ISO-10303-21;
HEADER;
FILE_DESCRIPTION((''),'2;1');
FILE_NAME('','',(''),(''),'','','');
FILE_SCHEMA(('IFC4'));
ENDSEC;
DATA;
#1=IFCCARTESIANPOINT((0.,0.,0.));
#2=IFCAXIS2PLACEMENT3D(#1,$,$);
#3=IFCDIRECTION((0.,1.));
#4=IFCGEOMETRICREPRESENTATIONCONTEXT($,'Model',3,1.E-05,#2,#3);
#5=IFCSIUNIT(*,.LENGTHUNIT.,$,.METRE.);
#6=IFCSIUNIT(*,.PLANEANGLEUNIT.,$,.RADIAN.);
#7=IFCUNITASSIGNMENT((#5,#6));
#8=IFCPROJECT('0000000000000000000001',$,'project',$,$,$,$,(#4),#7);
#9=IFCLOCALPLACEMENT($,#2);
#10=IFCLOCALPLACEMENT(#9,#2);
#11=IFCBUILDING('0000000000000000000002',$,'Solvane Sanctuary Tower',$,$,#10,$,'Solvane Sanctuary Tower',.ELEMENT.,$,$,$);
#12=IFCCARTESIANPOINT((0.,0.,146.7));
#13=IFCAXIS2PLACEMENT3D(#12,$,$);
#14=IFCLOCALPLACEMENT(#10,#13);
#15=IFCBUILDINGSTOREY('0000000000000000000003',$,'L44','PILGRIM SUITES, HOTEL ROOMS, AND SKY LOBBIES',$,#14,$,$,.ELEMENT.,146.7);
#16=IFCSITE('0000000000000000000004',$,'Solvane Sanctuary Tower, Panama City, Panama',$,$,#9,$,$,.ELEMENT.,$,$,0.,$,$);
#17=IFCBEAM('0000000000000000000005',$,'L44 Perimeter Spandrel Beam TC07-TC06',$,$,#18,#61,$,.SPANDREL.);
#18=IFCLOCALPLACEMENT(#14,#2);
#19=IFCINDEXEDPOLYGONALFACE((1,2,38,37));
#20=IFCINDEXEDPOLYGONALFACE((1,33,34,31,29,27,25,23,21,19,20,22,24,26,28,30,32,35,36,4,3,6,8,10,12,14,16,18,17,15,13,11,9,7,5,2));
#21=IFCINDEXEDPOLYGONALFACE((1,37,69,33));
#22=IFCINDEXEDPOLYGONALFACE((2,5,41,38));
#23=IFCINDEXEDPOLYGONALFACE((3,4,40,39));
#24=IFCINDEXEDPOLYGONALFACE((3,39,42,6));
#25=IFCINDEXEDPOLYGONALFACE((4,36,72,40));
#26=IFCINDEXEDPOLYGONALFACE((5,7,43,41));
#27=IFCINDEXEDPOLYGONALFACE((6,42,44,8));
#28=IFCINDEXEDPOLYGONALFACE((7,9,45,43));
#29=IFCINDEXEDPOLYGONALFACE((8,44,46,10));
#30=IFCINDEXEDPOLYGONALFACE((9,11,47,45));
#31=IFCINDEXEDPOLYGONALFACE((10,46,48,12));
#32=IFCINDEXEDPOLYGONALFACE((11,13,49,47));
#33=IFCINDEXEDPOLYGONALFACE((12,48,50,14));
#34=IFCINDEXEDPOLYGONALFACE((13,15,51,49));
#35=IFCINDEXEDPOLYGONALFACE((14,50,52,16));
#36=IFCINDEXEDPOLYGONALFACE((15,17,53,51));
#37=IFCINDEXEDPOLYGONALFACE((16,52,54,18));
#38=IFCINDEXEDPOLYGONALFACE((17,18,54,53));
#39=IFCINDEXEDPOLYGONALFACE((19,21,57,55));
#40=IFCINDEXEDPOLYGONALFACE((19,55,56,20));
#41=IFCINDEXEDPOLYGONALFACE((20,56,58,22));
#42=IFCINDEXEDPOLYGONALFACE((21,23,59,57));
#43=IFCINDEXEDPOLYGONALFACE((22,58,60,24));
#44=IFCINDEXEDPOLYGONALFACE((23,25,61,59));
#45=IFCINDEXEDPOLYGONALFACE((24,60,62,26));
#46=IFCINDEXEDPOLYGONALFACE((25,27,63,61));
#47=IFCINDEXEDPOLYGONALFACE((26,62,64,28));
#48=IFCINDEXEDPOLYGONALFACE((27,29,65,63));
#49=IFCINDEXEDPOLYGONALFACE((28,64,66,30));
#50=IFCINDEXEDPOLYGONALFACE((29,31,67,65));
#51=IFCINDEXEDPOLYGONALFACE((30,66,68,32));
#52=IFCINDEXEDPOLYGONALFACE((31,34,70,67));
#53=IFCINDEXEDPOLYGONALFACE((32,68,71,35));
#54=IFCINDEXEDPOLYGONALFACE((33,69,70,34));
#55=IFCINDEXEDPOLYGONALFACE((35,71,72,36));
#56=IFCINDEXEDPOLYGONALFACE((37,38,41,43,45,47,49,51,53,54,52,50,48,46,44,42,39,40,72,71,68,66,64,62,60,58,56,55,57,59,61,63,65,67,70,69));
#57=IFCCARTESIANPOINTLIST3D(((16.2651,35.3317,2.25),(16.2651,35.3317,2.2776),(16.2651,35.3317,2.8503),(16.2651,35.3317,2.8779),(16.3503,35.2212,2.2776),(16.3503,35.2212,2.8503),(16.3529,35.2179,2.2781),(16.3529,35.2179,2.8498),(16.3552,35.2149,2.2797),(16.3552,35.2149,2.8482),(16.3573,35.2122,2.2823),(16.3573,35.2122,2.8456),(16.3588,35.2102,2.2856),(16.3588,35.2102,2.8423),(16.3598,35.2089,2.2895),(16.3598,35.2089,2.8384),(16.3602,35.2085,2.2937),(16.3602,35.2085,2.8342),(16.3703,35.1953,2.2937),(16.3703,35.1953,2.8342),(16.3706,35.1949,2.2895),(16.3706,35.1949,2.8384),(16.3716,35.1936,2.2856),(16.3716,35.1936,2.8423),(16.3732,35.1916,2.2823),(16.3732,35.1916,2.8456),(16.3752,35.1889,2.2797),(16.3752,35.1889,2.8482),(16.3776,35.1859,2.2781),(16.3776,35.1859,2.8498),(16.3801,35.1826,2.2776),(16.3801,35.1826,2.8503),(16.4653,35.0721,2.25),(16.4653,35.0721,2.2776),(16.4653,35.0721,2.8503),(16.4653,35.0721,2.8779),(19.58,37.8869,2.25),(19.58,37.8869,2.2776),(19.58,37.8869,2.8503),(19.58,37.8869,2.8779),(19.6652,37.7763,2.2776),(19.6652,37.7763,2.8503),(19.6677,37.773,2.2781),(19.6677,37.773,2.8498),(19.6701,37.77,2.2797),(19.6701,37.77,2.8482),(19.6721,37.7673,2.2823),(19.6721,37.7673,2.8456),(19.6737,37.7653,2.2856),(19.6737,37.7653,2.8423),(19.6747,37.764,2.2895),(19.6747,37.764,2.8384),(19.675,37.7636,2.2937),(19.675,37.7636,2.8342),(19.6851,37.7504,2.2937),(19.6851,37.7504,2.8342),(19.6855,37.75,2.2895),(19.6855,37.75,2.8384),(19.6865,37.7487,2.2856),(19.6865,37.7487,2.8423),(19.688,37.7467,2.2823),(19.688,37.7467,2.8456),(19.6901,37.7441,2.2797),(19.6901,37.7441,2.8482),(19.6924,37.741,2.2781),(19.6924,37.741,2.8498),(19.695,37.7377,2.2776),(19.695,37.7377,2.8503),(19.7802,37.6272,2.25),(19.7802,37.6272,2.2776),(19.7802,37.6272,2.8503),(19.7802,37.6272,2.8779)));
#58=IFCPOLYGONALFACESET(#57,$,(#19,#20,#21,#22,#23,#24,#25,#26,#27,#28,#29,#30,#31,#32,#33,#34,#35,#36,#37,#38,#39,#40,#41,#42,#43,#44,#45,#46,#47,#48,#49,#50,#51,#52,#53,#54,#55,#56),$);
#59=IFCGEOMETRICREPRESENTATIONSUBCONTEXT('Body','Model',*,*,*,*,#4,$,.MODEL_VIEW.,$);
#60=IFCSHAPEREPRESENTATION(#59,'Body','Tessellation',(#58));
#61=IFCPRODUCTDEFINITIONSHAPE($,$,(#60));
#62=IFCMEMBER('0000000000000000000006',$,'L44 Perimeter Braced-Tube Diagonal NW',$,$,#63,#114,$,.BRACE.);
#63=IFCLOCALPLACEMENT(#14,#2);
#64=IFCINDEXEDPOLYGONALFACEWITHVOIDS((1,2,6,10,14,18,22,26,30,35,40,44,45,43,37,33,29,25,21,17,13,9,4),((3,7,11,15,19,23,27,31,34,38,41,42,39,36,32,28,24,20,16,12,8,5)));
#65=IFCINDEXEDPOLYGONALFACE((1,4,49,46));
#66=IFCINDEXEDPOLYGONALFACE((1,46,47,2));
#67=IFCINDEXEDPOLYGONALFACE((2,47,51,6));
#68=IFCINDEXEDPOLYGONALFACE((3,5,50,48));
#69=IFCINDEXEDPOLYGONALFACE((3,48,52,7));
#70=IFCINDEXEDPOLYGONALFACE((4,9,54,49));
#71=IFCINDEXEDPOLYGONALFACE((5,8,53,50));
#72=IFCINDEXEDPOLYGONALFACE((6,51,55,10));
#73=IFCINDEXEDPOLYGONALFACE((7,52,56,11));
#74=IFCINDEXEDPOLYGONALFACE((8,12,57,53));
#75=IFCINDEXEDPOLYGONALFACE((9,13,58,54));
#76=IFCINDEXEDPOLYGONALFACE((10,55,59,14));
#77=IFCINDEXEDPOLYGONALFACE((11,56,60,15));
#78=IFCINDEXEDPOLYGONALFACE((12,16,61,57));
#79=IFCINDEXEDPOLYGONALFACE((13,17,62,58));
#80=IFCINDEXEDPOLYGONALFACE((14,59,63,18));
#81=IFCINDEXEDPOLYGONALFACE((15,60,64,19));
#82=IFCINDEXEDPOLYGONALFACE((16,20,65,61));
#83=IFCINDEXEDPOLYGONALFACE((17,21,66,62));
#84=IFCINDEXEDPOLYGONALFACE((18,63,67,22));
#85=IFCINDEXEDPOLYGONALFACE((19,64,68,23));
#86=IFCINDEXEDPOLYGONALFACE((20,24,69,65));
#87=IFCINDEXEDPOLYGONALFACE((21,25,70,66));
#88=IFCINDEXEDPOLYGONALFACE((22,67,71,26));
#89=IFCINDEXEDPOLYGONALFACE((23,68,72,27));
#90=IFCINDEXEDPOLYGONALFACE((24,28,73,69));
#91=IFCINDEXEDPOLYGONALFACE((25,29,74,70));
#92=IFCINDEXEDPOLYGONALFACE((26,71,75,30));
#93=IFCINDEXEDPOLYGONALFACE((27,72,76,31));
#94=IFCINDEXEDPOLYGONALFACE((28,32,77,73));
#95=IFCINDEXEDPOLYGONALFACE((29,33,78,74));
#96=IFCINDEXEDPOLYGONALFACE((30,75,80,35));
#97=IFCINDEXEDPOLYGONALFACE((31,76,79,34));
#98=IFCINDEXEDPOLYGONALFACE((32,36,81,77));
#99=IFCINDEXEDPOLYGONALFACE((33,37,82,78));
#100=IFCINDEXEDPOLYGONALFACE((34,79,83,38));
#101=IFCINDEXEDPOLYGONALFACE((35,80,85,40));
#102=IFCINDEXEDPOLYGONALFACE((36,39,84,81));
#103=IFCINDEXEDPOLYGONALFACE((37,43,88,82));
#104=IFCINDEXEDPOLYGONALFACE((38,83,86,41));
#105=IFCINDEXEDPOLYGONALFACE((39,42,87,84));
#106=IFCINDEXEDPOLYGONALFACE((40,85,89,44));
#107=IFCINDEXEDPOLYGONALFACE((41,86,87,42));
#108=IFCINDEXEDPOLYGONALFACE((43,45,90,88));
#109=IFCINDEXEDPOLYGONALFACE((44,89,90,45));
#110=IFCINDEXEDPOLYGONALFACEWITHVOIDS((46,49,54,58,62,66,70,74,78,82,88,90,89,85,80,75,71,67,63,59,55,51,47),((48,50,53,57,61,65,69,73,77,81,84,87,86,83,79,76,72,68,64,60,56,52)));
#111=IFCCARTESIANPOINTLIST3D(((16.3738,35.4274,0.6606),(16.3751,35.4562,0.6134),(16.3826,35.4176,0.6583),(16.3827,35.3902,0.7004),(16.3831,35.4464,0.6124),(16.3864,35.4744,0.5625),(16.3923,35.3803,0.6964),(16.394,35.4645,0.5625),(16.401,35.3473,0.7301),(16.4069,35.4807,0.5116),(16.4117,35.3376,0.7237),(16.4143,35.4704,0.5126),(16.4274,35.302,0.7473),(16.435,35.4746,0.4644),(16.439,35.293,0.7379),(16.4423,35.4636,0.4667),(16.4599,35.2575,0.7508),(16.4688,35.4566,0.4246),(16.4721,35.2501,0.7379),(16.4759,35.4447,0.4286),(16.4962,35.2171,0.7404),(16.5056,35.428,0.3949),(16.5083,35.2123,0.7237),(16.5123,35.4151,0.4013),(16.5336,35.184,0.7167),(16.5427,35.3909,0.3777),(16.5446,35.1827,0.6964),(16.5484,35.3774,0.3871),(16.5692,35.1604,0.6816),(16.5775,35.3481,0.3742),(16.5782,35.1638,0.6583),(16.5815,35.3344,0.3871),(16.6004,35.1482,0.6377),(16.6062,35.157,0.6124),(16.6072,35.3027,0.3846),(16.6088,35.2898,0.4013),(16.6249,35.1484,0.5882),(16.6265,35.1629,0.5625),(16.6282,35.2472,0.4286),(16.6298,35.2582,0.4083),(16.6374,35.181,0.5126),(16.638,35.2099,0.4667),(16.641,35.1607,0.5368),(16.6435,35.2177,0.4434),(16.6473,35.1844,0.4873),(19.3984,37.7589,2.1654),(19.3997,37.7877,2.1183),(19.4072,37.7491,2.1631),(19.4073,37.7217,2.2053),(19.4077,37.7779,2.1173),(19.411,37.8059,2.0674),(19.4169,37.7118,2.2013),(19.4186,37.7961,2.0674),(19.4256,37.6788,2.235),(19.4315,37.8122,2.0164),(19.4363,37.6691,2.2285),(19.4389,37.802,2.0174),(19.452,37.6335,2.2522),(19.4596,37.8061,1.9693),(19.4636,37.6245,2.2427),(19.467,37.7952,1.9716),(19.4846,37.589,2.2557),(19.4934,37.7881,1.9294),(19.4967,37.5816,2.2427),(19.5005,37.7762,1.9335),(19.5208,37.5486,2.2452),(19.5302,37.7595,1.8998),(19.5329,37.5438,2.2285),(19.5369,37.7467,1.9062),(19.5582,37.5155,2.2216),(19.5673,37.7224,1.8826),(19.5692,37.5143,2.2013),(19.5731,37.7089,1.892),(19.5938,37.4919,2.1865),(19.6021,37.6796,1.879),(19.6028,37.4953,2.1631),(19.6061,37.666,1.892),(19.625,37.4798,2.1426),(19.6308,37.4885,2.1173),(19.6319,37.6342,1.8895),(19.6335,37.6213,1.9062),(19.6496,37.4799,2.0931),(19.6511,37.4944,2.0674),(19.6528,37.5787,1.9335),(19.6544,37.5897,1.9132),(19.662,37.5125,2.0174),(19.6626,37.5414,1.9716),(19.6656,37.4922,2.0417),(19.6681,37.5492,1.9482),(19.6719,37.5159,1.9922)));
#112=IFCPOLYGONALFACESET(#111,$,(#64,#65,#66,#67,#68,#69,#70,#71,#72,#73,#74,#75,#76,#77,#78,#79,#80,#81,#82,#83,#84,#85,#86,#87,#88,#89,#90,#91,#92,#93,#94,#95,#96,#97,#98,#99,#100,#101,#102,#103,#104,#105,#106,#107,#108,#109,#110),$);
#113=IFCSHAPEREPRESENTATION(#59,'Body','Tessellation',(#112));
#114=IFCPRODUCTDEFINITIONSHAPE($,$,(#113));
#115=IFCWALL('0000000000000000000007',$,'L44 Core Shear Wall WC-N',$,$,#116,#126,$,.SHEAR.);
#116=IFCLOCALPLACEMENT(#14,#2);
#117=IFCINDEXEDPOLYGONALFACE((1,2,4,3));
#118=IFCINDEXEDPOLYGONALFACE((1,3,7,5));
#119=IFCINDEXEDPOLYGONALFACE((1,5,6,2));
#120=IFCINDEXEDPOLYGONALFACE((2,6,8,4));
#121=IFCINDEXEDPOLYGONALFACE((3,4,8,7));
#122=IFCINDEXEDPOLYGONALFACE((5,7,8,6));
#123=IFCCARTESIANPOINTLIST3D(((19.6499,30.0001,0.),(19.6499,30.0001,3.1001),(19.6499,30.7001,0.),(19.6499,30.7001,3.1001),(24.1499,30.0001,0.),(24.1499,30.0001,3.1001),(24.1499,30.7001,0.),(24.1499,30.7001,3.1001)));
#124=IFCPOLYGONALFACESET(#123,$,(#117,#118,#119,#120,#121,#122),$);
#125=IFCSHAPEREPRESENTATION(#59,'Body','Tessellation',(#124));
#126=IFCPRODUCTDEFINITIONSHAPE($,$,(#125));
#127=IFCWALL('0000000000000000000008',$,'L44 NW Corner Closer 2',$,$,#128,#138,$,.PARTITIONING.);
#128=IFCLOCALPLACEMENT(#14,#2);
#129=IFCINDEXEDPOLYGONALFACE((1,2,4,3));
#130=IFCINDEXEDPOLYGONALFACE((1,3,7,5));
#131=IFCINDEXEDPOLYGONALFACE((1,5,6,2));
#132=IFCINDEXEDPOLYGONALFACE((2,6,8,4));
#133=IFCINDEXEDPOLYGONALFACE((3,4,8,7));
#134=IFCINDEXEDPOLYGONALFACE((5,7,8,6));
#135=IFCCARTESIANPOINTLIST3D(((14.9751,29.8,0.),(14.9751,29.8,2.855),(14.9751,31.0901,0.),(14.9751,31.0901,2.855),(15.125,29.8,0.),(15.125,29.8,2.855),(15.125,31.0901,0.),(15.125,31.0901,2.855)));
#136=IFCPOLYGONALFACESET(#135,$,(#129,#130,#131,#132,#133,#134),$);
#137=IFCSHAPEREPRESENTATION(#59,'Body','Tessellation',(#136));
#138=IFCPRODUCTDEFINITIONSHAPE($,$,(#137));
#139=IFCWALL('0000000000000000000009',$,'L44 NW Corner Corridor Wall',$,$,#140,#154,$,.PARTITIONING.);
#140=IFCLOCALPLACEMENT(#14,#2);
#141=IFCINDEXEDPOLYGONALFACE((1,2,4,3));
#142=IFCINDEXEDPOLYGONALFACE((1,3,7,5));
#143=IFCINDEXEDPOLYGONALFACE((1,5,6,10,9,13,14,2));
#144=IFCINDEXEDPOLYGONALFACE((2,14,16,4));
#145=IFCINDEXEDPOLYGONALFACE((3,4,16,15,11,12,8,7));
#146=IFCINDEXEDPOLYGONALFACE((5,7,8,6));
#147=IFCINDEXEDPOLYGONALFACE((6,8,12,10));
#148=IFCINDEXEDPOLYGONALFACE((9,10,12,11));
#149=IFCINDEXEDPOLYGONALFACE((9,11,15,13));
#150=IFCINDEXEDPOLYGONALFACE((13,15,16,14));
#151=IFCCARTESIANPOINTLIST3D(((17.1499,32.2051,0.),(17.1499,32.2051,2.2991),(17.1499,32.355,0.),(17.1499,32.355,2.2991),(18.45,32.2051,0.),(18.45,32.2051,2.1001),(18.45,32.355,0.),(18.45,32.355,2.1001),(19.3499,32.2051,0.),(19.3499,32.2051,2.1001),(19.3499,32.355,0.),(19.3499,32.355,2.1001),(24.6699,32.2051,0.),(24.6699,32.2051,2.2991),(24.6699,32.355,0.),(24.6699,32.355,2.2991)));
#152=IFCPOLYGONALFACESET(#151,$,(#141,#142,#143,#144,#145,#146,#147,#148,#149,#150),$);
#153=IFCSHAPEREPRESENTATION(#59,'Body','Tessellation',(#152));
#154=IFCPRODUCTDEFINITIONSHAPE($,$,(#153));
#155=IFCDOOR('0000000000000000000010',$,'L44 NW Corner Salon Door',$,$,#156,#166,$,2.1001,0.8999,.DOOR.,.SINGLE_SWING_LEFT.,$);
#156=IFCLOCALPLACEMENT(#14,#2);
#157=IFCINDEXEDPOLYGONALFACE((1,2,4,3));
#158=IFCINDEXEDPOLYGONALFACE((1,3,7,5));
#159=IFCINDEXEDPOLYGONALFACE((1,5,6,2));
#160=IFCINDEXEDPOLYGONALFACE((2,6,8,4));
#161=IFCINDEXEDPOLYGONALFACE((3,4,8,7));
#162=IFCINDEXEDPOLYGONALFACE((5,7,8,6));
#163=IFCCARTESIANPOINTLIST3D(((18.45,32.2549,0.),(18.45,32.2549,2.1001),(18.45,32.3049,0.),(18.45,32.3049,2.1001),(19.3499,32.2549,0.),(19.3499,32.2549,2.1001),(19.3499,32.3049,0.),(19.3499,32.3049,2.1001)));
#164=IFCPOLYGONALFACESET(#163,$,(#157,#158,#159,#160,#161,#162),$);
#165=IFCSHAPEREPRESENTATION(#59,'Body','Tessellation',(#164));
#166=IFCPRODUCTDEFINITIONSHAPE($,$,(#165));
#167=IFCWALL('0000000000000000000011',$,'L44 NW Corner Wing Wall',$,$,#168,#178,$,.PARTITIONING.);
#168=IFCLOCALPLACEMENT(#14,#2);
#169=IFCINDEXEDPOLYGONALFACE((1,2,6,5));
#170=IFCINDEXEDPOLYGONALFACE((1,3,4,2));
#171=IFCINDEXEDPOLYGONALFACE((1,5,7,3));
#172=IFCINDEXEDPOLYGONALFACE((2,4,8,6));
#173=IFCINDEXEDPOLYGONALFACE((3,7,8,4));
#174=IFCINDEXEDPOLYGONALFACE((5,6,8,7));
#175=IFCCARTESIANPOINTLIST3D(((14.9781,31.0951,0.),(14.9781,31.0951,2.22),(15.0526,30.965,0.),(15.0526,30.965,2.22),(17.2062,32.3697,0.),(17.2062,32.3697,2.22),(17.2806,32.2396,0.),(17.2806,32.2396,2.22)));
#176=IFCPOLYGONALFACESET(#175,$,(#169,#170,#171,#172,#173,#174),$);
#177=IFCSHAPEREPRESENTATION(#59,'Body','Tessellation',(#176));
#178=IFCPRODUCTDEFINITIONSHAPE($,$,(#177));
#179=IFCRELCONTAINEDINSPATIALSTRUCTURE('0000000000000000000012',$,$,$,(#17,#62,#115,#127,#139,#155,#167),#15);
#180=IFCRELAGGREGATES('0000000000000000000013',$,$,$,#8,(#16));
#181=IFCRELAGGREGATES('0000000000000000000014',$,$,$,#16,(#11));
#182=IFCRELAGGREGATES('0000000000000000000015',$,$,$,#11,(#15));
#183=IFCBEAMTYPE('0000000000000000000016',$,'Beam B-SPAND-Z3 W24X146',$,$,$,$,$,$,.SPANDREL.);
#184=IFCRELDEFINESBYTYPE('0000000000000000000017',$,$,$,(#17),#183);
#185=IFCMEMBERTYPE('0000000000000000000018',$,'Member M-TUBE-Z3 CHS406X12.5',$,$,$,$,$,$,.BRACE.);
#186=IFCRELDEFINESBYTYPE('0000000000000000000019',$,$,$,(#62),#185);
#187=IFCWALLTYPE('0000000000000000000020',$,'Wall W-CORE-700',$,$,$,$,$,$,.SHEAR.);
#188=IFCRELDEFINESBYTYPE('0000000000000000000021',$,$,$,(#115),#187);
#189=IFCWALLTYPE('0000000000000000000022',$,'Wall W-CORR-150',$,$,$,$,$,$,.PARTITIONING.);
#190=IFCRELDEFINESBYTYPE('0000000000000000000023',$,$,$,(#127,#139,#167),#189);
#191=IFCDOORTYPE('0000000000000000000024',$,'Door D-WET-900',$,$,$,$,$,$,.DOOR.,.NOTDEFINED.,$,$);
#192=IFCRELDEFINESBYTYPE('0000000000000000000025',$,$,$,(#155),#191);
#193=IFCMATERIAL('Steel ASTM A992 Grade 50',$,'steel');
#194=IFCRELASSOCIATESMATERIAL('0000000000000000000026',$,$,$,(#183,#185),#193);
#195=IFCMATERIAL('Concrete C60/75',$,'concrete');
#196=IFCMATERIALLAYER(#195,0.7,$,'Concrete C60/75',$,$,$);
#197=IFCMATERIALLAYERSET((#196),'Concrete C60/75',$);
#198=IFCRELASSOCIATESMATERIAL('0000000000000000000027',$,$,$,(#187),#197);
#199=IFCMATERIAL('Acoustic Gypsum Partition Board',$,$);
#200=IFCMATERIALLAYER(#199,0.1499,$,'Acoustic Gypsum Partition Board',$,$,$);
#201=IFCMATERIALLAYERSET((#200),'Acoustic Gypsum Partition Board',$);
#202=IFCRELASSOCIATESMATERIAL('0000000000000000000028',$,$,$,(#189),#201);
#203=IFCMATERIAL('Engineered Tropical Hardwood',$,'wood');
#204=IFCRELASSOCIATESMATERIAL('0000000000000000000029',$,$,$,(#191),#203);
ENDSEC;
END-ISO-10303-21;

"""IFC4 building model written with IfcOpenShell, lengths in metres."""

from ifc_helpers import new_model, si_unit, direction, frame, frame_2d, origin, origin_2d, place, context, subcontext, project, spatial, rectangle, hollow_circle, i_section, extrude, material, layer, layer_set, material_profile, profile_set, type_object, element, fill, save


model = new_model("IFC4")

# Units and contexts
model_context = context("Model", 3, precision=1e-05, world=origin(), true_north=direction((0.0, 1.0)))
body_context = subcontext(model_context, "Body", "Model", "MODEL_VIEW")
ifc_project = project(units=[si_unit("LENGTHUNIT", "METRE"), si_unit("PLANEANGLEUNIT", "RADIAN")], contexts=[model_context])

# Site, building, storey
site_placement = place(None, origin())
site = spatial("IfcSite", under=ifc_project, at=site_placement, Name="Solvane Sanctuary Tower, Panama City, Panama", CompositionType="ELEMENT", RefElevation=0.0)
building_placement = place(site_placement, origin())
building = spatial("IfcBuilding", under=site, at=building_placement, Name="Solvane Sanctuary Tower", LongName="Solvane Sanctuary Tower", CompositionType="ELEMENT")
storey_placement = place(building_placement, frame((0.0, 0.0, 146.7)))
storey = spatial("IfcBuildingStorey", under=building, at=storey_placement, Name="L44", Description="PILGRIM SUITES, HOTEL ROOMS, AND SKY LOBBIES", CompositionType="ELEMENT", Elevation=146.7)

# Shared definitions
ifc_material_1 = material(Name="Concrete C60/75", Category="concrete")

# Beam
ifc_material_2 = material(Name="Steel ASTM A992 Grade 50", Category="steel")
ifc_material_profile_1 = material_profile(ifc_material_2, i_section(OverallWidth=0.3279, OverallDepth=0.6279, WebThickness=0.0166, FlangeThickness=0.0276, FilletRadius=0.0161, at=origin_2d()), Name="W24X146")
ifc_profile_set_1 = profile_set([ifc_material_profile_1], Name="Steel ASTM A992 Grade 50")
beam_type_1 = type_object("IfcBeamType", Name="Beam B-SPAND-Z3 W24X146", PredefinedType="SPANDREL", material=ifc_profile_set_1)
beam_1_placement = place(storey_placement, frame((16.3652, 35.2019, 2.564), z_axis=(0.792021, 0.610494, 0.0), x_axis=(-0.610494, 0.792021, 0.0)))
element("IfcBeam", 1, at=beam_1_placement, inside=storey, type_object=beam_type_1, Name="L44 Perimeter Spandrel Beam TC07-TC06", PredefinedType="SPANDREL", context=body_context, shape_type="SweptSolid", body=[
    extrude(i_section(OverallWidth=0.3279, OverallDepth=0.6279, WebThickness=0.0166, FlangeThickness=0.0276, FilletRadius=0.0161, at=origin_2d()), origin(), (0.0, 0.0, 1.0), 4.1853),
])

# Member
ifc_material_profile_2 = material_profile(ifc_material_2, hollow_circle(Radius=0.2029, WallThickness=0.0125, at=origin_2d()), Name="CHS406X12.5")
ifc_profile_set_2 = profile_set([ifc_material_profile_2], Name="Steel ASTM A992 Grade 50")
member_type = type_object("IfcMemberType", Name="Member M-TUBE-Z3 CHS406X12.5", PredefinedType="BRACE", material=ifc_profile_set_2)
member_placement = place(storey_placement, frame((16.5103, 35.3137, 0.5625), z_axis=(0.73686, 0.568005, 0.366616), x_axis=(-0.610514, 0.792006, 0.0)))
element("IfcMember", 2, at=member_placement, inside=storey, type_object=member_type, Name="L44 Perimeter Braced-Tube Diagonal NW", PredefinedType="BRACE", context=body_context, shape_type="SweptSolid", body=[
    extrude(hollow_circle(Radius=0.2029, WallThickness=0.0125, at=origin_2d()), origin(), (0.0, 0.0, 1.0), 4.1047),
])

# Walls
ifc_layer_1 = layer(ifc_material_1, 0.7, Name="Concrete C60/75")
ifc_layer_set_1 = layer_set([ifc_layer_1], Name="Concrete C60/75")
wall_type_1 = type_object("IfcWallType", Name="Wall W-CORE-700", PredefinedType="SHEAR", material=ifc_layer_set_1)
wall_1_placement = place(storey_placement, frame((19.6499, 30.3501, 0.0), z_axis=(0.0, 0.0, 1.0), x_axis=(1.0, 0.0, 0.0)))
element("IfcWall", 3, at=wall_1_placement, inside=storey, type_object=wall_type_1, Name="L44 Core Shear Wall WC-N", PredefinedType="SHEAR", context=body_context, shape_type="SweptSolid", body=[
    extrude(rectangle(XDim=4.5, YDim=0.7, at=frame_2d((2.25, 0.0))), origin(), (0.0, 0.0, 1.0), 3.1001),
])
ifc_material_3 = material(Name="Acoustic Gypsum Partition Board")
ifc_layer_2 = layer(ifc_material_3, 0.1499, Name="Acoustic Gypsum Partition Board")
ifc_layer_set_2 = layer_set([ifc_layer_2], Name="Acoustic Gypsum Partition Board")
wall_type_2 = type_object("IfcWallType", Name="Wall W-CORR-150", PredefinedType="PARTITIONING", material=ifc_layer_set_2)
wall_2_placement = place(storey_placement, frame((15.05, 29.8, 0.0), z_axis=(0.0, 0.0, 1.0), x_axis=(0.0, 1.0, 0.0)))
element("IfcWall", 4, at=wall_2_placement, inside=storey, type_object=wall_type_2, Name="L44 NW Corner Closer 2", PredefinedType="PARTITIONING", context=body_context, shape_type="SweptSolid", body=[
    extrude(rectangle(XDim=1.29, YDim=0.1499, at=frame_2d((0.645, 0.0))), origin(), (0.0, 0.0, 1.0), 2.855),
])

# Wall, opening, door
wall_3_placement = place(storey_placement, frame((17.1499, 32.28, 0.0), z_axis=(0.0, 0.0, 1.0), x_axis=(1.0, 0.0, 0.0)))
wall_3 = element("IfcWall", 5, at=wall_3_placement, inside=storey, type_object=wall_type_2, Name="L44 NW Corner Corridor Wall", PredefinedType="PARTITIONING", context=body_context, shape_type="SweptSolid", body=[
    extrude(rectangle(XDim=7.52, YDim=0.1499, at=frame_2d((3.76, 0.0))), origin(), (0.0, 0.0, 1.0), 2.2991),
])
opening_1_placement = place(wall_3_placement, frame((1.3, 0.0, 0.0)))
opening_1 = element("IfcOpeningElement", 6, at=opening_1_placement, cuts=wall_3, PredefinedType="OPENING", context=body_context, shape_type="SweptSolid", body=[
    extrude(rectangle(XDim=0.8999, YDim=2.1001, at=frame_2d((0.45, 1.05))), frame((0.0, 0.085, 0.0), z_axis=(0.0, -1.0, 0.0), x_axis=(1.0, 0.0, 0.0)), (0.0, 0.0, 1.0), 0.1699),
])
ifc_material_4 = material(Name="Engineered Tropical Hardwood", Category="wood")
door_type_1 = type_object("IfcDoorType", Name="Door D-WET-900", OperationType="NOTDEFINED", PredefinedType="DOOR", material=ifc_material_4)
door_1_placement = place(opening_1_placement, origin())
door_1 = element("IfcDoor", 7, at=door_1_placement, inside=storey, type_object=door_type_1, Name="L44 NW Corner Salon Door", OperationType="SINGLE_SWING_LEFT", OverallHeight=2.1001, OverallWidth=0.8999, PredefinedType="DOOR", context=body_context, shape_type="SweptSolid", body=[
    extrude(rectangle(XDim=0.8999, YDim=2.1001, at=frame_2d((0.45, 1.05))), frame((0.0, 0.0249, 0.0), z_axis=(0.0, -1.0, 0.0), x_axis=(1.0, 0.0, 0.0)), (0.0, 0.0, 1.0), 0.05),
])
fill(opening_1, door_1)

# Wall
wall_4_placement = place(storey_placement, frame((17.2434, 32.3047, 0.0), z_axis=(0.0, 0.0, 1.0), x_axis=(-0.867991, -0.496579, 0.0)))
element("IfcWall", 8, at=wall_4_placement, inside=storey, type_object=wall_type_2, Name="L44 NW Corner Wing Wall", PredefinedType="PARTITIONING", context=body_context, shape_type="SweptSolid", body=[
    extrude(rectangle(XDim=2.5669, YDim=0.1499, at=frame_2d((1.2834, 0.0))), origin(), (0.0, 0.0, 1.0), 2.22),
])

save(model, "model.ifc")
